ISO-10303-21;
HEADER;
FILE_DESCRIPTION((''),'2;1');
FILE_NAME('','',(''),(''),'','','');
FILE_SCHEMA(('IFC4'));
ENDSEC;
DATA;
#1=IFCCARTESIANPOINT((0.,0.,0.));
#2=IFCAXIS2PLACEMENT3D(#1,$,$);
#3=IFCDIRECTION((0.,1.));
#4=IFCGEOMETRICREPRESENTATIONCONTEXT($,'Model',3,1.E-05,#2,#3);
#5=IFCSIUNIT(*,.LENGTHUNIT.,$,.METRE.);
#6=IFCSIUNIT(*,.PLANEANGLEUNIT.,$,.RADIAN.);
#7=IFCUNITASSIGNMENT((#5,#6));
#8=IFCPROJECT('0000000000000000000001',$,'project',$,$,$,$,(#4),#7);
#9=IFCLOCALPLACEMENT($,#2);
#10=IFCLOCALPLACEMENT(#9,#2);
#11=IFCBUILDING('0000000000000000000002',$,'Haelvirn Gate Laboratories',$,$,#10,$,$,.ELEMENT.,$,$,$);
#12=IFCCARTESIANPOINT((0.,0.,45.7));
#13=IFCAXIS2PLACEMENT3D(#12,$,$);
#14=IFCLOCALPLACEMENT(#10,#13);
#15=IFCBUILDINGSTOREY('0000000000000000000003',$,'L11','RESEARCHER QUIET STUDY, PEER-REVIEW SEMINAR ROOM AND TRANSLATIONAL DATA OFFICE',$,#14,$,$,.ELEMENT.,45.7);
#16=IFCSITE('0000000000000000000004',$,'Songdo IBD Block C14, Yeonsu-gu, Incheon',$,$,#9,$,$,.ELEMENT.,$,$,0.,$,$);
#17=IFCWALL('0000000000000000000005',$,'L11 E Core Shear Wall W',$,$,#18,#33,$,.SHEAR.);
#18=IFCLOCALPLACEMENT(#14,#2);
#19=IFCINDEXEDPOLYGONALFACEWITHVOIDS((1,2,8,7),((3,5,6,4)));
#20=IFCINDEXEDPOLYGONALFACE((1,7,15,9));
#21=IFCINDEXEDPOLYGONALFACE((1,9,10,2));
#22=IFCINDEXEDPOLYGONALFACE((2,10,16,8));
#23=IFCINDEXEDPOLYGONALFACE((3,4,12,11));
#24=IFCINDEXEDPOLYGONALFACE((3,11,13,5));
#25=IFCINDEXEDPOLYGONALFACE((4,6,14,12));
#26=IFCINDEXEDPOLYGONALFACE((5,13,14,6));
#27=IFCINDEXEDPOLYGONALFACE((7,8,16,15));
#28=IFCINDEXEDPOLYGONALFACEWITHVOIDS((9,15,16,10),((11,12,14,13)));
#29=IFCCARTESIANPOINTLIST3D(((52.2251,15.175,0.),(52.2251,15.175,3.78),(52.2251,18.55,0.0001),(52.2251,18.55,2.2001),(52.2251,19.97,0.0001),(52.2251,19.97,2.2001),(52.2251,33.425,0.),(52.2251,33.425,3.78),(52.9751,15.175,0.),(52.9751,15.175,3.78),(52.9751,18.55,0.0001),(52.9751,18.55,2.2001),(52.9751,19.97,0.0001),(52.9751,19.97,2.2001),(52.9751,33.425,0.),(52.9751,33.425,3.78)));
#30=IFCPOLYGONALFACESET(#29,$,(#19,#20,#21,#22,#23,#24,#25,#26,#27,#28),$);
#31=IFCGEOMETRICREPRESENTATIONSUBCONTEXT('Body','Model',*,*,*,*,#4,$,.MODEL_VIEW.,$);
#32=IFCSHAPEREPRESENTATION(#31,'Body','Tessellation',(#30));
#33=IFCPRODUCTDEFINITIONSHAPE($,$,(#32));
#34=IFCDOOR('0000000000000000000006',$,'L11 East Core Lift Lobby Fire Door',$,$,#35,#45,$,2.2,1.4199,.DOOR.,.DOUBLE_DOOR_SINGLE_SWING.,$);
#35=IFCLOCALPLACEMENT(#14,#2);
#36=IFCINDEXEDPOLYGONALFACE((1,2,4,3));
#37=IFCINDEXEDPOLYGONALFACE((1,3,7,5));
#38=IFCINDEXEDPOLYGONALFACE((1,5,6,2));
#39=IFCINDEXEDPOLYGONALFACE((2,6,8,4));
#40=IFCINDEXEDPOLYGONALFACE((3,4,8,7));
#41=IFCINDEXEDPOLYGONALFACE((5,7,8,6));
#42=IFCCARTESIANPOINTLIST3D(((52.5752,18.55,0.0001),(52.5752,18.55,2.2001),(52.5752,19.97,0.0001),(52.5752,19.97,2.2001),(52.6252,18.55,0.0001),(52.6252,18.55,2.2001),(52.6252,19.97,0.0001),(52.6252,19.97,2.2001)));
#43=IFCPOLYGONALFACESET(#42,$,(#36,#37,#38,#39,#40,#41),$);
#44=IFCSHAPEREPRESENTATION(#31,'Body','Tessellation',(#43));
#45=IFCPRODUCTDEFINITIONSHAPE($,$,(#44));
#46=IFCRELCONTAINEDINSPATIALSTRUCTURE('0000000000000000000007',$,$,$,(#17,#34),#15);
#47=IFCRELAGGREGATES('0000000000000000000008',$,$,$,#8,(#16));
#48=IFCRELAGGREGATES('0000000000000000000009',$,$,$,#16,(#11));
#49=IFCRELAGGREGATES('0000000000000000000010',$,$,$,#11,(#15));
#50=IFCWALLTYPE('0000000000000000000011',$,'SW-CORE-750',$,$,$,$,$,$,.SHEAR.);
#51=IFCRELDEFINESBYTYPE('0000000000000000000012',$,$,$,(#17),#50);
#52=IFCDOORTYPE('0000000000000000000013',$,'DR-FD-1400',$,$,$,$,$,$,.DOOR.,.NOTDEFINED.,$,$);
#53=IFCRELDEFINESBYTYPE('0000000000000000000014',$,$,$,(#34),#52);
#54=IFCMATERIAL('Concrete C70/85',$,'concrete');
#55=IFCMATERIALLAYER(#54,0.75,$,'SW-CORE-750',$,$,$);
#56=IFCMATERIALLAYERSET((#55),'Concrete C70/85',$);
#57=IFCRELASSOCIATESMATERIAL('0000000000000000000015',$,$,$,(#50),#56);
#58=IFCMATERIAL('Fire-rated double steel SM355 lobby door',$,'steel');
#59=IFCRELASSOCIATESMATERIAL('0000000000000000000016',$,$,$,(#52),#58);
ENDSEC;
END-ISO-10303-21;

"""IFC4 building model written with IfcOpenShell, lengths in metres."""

from ifc_helpers import new_model, si_unit, direction, frame, frame_2d, origin, place, context, subcontext, project, spatial, rectangle, extrude, source, transform, mapped, material, layer, layer_set, type_object, type_shapes, element, fill, save


model = new_model("IFC4")

# Units and contexts
model_context = context("Model", 3, precision=1e-05, world=origin(), true_north=direction((0.0, 1.0)))
body_context = subcontext(model_context, "Body", "Model", "MODEL_VIEW")
ifc_project = project(units=[si_unit("LENGTHUNIT", "METRE"), si_unit("PLANEANGLEUNIT", "RADIAN")], contexts=[model_context])

# Site, building, storey
site_placement = place(None, origin())
site = spatial("IfcSite", under=ifc_project, at=site_placement, Name="Songdo IBD Block C14, Yeonsu-gu, Incheon", CompositionType="ELEMENT", RefElevation=0.0)
building_placement = place(site_placement, origin())
building = spatial("IfcBuilding", under=site, at=building_placement, Name="Haelvirn Gate Laboratories", CompositionType="ELEMENT")
storey_placement = place(building_placement, frame((0.0, 0.0, 45.7)))
storey = spatial("IfcBuildingStorey", under=building, at=storey_placement, Name="L11", Description="RESEARCHER QUIET STUDY, PEER-REVIEW SEMINAR ROOM AND TRANSLATIONAL DATA OFFICE", CompositionType="ELEMENT", Elevation=45.7)

# Shared definitions
ifc_material_1 = material(Name="Concrete C70/85", Category="concrete")

# Shared definitions
ifc_layer_1 = layer(ifc_material_1, 0.75, Name="SW-CORE-750")
ifc_layer_set_1 = layer_set([ifc_layer_1], Name="Concrete C70/85")
wall_type_1 = type_object("IfcWallType", Name="SW-CORE-750", PredefinedType="SHEAR", material=ifc_layer_set_1)

# Wall, opening, door
wall_1_placement = place(storey_placement, frame((52.6001, 15.175, 0.0), z_axis=(0.0, 0.0, 1.0), x_axis=(0.0, 1.0, 0.0)))
wall_1 = element("IfcWall", 1, at=wall_1_placement, inside=storey, type_object=wall_type_1, Name="L11 E Core Shear Wall W", PredefinedType="SHEAR", context=body_context, shape_type="SweptSolid", body=[
    extrude(rectangle(XDim=18.25, YDim=0.75, at=frame_2d((9.125, 0.0))), origin(), (0.0, 0.0, 1.0), 3.78),
])
opening_1_placement = place(wall_1_placement, frame((3.375, 0.0, 0.0)))
opening_1 = element("IfcOpeningElement", 2, at=opening_1_placement, cuts=wall_1, PredefinedType="OPENING", context=body_context, shape_type="SweptSolid", body=[
    extrude(rectangle(XDim=1.4199, YDim=2.2, at=frame_2d((0.71, 1.1001))), frame((0.0, 0.385, 0.0), z_axis=(0.0, -1.0, 0.0), x_axis=(1.0, 0.0, 0.0)), (0.0, 0.0, 1.0), 0.77),
])
ifc_material_2 = material(Name="Fire-rated double steel SM355 lobby door", Category="steel")
door_type_1 = type_object("IfcDoorType", Name="DR-FD-1400", OperationType="NOTDEFINED", PredefinedType="DOOR", material=ifc_material_2)
shared_shape_1 = source(origin(), body_context, "Body", "SweptSolid", [
    extrude(rectangle(XDim=1.4199, YDim=2.2, at=frame_2d((0.71, 1.1001))), frame((0.0, 0.0249, 0.0), z_axis=(0.0, -1.0, 0.0), x_axis=(1.0, 0.0, 0.0)), (0.0, 0.0, 1.0), 0.05),
])
type_shapes(door_type_1, [shared_shape_1])
door_1_placement = place(opening_1_placement, origin())
door_1 = element("IfcDoor", 3, at=door_1_placement, inside=storey, type_object=door_type_1, Name="L11 East Core Lift Lobby Fire Door", OperationType="DOUBLE_DOOR_SINGLE_SWING", OverallHeight=2.2, OverallWidth=1.4199, PredefinedType="DOOR", context=body_context, shape_type="MappedRepresentation", body=[
    mapped(shared_shape_1, transform((0.0, 0.0, 0.0), scale=1.0)),
])
fill(opening_1, door_1)

save(model, "model.ifc")
